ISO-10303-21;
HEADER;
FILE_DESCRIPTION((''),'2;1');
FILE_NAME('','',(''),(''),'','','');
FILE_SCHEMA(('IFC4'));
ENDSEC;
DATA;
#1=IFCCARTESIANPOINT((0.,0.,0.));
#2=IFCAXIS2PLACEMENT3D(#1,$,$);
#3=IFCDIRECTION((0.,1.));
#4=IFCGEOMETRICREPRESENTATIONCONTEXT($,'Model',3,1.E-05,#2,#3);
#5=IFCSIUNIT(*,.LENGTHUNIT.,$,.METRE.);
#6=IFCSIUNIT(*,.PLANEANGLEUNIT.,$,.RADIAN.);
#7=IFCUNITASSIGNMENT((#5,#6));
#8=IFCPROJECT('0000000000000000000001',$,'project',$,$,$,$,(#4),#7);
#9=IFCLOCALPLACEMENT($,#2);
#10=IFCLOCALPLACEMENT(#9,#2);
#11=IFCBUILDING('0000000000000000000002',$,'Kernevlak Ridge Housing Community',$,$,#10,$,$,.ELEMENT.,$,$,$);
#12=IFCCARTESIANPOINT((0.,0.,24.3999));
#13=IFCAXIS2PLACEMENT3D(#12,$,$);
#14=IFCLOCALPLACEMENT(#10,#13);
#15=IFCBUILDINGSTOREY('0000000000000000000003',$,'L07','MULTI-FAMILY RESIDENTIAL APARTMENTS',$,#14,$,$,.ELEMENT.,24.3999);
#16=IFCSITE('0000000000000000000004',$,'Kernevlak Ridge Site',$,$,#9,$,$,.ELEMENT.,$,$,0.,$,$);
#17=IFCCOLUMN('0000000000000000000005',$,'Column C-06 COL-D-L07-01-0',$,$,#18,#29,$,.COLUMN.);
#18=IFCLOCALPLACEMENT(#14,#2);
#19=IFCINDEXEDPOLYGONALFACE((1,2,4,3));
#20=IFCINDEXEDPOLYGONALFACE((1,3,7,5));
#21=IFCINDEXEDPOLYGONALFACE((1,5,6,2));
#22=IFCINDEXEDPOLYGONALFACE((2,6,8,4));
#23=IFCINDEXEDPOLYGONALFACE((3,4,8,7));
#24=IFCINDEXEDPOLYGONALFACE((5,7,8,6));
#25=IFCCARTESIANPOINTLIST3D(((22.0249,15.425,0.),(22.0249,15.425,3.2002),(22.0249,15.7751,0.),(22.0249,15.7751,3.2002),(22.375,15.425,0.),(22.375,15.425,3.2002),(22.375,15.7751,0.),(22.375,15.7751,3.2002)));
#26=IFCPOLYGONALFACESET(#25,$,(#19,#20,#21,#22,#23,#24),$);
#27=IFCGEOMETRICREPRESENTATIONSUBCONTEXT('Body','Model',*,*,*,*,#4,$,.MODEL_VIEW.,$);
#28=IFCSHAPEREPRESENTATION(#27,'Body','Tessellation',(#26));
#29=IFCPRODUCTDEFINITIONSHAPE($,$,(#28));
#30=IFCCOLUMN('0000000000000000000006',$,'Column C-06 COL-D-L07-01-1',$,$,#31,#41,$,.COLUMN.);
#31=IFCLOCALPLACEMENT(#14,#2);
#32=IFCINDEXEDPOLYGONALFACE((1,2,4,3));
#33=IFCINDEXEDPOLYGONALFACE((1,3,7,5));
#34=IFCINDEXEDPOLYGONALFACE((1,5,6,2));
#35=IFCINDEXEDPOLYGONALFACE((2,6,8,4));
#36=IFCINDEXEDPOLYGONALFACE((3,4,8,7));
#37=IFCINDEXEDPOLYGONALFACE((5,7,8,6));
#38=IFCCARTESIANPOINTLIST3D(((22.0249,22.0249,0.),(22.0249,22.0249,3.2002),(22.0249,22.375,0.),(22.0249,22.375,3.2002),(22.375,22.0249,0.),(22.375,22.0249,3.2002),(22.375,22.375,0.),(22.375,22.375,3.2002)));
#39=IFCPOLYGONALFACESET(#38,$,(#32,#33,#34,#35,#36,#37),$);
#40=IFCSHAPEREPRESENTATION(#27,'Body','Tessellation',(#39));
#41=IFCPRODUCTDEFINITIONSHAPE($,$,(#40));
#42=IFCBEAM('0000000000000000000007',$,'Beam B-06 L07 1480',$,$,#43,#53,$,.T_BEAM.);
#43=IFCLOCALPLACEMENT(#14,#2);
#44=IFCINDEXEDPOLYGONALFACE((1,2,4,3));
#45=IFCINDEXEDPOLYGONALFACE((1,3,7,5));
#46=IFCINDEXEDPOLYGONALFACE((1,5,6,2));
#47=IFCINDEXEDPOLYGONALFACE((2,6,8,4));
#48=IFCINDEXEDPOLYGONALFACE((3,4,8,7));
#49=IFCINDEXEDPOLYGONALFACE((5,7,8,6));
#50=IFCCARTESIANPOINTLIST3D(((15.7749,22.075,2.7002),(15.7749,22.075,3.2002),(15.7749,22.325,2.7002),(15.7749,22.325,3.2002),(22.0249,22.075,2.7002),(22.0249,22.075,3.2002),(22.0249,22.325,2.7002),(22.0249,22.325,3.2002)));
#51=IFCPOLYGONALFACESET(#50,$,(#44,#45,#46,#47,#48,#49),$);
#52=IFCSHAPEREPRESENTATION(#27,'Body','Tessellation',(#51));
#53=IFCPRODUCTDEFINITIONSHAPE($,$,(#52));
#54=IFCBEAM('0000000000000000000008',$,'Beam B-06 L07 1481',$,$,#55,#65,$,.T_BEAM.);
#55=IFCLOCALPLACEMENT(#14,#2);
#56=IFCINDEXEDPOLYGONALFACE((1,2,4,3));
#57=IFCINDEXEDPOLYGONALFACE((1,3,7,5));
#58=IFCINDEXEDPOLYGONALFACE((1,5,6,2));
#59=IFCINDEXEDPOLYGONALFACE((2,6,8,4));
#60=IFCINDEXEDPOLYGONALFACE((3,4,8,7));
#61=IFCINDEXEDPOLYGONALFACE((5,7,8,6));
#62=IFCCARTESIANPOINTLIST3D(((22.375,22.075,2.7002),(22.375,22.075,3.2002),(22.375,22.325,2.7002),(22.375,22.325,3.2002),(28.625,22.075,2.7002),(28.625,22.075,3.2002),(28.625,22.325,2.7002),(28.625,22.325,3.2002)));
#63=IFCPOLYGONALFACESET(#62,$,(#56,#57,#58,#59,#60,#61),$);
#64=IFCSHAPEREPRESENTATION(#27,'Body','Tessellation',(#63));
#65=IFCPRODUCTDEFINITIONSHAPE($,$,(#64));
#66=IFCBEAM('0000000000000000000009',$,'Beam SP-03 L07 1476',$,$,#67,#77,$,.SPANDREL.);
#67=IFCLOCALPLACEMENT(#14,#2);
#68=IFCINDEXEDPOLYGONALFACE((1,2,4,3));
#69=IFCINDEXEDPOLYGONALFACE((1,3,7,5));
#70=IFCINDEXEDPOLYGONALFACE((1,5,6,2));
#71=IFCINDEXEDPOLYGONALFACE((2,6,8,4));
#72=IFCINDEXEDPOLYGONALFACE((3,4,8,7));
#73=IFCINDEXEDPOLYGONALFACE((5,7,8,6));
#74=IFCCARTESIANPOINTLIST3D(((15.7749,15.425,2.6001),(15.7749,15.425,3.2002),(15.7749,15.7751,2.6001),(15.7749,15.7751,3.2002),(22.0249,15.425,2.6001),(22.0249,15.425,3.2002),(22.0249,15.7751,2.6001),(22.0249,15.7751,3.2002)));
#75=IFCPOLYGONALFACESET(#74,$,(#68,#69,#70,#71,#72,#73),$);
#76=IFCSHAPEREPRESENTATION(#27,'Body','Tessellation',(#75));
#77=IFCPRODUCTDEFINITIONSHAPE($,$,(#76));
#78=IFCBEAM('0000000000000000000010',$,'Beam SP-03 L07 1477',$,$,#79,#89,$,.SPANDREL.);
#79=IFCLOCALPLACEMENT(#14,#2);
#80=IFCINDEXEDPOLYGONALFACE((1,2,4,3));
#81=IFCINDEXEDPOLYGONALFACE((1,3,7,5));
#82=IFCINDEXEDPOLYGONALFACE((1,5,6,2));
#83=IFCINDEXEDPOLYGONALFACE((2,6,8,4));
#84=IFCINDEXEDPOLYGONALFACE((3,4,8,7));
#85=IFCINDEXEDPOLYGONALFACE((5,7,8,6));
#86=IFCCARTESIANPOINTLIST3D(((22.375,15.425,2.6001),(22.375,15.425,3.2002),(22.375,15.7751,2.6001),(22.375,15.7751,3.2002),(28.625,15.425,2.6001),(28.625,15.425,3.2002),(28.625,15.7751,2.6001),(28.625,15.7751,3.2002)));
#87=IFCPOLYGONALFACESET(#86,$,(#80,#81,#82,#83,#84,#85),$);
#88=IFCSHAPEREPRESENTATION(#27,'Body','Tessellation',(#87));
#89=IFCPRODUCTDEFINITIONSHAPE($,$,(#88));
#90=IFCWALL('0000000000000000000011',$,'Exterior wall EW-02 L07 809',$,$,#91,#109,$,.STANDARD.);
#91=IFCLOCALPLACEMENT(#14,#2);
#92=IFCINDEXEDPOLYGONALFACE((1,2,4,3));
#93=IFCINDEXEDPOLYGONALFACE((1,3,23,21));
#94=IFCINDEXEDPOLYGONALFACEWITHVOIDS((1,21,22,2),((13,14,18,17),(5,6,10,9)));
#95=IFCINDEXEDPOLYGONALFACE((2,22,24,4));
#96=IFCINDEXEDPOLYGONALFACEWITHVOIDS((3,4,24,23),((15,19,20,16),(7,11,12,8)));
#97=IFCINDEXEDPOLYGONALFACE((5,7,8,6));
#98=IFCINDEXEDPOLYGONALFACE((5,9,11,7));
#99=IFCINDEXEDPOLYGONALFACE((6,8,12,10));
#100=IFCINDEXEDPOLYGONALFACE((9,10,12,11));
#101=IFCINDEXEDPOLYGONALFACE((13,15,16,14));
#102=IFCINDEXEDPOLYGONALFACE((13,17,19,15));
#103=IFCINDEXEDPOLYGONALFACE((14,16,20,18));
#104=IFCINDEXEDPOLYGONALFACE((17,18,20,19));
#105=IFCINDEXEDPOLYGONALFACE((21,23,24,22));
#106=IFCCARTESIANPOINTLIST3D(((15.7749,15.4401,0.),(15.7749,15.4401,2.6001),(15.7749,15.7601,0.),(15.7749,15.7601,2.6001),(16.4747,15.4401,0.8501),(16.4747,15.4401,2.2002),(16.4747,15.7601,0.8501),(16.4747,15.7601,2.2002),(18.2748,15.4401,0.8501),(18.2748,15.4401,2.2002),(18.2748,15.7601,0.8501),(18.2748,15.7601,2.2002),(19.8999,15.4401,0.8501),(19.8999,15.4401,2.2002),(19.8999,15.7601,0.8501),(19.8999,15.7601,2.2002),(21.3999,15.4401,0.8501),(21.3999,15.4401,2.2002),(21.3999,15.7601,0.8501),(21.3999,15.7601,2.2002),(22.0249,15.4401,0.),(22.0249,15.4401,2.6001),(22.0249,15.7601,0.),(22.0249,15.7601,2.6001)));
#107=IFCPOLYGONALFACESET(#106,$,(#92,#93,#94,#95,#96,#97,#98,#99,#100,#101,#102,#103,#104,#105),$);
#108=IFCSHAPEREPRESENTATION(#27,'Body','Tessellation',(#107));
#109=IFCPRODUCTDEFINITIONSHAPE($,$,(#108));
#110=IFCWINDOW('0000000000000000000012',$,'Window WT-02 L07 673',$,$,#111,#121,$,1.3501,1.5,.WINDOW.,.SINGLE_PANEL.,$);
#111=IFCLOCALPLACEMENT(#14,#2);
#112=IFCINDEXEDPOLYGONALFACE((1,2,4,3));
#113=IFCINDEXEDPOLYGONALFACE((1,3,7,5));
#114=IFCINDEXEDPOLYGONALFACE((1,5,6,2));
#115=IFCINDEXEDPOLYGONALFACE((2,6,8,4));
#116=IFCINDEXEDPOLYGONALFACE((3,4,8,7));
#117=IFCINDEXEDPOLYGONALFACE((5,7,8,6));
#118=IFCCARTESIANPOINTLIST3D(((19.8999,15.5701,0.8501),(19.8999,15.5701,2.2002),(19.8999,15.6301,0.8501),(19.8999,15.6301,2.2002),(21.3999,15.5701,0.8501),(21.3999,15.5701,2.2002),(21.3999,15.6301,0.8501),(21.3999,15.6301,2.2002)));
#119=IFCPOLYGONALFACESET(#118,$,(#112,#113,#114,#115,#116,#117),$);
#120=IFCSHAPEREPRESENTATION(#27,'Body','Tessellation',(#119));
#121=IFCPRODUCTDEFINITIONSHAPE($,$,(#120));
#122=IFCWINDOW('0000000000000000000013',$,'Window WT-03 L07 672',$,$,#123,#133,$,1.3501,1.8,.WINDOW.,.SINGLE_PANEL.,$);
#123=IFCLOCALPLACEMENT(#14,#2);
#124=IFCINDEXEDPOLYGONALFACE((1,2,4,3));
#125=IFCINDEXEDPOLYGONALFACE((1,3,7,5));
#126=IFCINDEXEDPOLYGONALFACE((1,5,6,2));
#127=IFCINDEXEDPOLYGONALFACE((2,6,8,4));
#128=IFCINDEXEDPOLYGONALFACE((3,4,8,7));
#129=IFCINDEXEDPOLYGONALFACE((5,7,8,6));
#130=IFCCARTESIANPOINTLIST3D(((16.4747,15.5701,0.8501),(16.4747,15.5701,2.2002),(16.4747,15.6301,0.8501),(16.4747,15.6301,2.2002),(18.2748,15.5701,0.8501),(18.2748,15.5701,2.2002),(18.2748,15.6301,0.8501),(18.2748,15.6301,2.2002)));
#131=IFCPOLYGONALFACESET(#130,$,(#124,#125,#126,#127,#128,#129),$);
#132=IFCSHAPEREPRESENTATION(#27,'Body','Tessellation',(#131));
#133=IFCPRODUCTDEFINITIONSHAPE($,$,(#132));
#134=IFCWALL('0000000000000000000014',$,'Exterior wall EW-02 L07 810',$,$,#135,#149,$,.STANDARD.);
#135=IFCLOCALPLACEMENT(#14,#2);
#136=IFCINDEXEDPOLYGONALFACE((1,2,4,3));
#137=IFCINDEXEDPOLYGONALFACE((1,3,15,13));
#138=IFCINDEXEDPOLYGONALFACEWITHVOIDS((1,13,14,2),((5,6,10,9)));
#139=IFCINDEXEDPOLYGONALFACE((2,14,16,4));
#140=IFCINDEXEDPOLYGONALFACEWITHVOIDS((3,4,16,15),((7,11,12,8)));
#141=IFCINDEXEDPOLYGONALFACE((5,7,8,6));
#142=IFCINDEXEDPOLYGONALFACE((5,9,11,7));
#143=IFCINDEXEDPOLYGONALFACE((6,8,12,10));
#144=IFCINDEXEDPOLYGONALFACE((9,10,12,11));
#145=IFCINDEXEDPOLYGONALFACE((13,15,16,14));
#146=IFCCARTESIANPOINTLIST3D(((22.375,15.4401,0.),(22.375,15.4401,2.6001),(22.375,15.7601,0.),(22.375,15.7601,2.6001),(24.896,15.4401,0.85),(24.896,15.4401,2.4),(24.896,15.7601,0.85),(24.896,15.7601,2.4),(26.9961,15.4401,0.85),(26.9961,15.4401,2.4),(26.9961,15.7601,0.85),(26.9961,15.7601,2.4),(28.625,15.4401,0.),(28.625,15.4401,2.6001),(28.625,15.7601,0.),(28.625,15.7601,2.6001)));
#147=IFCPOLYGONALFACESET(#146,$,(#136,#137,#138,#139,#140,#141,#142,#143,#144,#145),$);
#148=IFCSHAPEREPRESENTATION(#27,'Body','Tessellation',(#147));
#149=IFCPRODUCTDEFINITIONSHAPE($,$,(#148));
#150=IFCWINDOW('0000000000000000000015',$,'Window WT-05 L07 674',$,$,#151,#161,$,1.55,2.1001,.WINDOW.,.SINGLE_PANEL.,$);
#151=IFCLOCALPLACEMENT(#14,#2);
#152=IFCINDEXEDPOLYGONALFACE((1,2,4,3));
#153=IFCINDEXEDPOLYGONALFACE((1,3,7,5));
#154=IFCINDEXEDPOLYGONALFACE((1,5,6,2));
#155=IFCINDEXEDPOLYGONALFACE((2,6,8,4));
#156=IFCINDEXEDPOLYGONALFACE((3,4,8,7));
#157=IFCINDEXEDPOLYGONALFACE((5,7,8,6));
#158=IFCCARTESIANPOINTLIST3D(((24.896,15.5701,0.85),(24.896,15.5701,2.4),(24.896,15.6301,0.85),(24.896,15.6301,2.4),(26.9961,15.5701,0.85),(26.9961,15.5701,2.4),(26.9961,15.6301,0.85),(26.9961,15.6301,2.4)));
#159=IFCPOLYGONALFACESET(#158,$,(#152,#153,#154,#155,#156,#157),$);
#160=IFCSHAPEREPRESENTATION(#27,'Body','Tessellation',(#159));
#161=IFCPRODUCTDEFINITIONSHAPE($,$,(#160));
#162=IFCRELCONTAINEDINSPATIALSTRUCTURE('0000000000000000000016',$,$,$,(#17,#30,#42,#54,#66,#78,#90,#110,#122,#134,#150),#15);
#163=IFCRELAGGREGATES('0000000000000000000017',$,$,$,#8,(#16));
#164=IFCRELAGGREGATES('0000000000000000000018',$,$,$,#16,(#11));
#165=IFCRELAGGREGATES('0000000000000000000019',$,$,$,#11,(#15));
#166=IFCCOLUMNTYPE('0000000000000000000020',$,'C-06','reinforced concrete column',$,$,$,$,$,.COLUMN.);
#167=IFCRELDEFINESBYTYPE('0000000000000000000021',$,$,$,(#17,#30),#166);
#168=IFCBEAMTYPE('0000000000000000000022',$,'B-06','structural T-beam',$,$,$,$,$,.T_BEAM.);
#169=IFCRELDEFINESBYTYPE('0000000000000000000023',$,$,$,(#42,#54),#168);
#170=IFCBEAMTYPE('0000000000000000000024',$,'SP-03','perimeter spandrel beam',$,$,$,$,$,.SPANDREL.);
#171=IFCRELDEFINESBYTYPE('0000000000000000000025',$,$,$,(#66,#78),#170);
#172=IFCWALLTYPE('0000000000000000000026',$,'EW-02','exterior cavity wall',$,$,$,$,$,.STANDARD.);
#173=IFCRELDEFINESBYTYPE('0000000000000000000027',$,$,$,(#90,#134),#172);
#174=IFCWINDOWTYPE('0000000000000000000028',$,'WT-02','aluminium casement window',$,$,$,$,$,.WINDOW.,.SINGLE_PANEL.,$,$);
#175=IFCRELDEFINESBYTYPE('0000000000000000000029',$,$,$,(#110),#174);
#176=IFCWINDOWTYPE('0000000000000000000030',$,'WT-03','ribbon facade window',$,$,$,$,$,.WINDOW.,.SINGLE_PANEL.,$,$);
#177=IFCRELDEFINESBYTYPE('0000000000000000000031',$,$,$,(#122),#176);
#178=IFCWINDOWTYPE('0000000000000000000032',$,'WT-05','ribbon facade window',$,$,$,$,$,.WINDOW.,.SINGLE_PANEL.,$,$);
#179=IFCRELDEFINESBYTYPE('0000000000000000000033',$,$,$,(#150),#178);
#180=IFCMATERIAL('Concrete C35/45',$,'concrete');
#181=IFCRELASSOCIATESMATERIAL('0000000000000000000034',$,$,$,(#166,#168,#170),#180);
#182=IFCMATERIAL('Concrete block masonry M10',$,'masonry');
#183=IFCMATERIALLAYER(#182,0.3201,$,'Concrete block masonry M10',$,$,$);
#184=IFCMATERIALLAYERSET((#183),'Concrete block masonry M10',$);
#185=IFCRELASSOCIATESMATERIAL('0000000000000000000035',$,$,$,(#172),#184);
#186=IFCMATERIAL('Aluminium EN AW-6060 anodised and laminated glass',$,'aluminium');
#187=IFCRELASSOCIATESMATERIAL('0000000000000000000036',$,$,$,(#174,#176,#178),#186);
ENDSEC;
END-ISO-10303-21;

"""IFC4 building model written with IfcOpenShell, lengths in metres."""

from ifc_helpers import new_model, si_unit, direction, frame, frame_2d, origin, origin_2d, place, context, subcontext, project, spatial, rectangle, extrude, material, layer, layer_set, material_profile, profile_set, type_object, element, fill, save


model = new_model("IFC4")

# Units and contexts
model_context = context("Model", 3, precision=1e-05, world=origin(), true_north=direction((0.0, 1.0)))
body_context = subcontext(model_context, "Body", "Model", "MODEL_VIEW")
ifc_project = project(units=[si_unit("LENGTHUNIT", "METRE"), si_unit("PLANEANGLEUNIT", "RADIAN")], contexts=[model_context])

# Site, building, storey
site_placement = place(None, origin())
site = spatial("IfcSite", under=ifc_project, at=site_placement, Name="Kernevlak Ridge Site", CompositionType="ELEMENT", RefElevation=0.0)
building_placement = place(site_placement, origin())
building = spatial("IfcBuilding", under=site, at=building_placement, Name="Kernevlak Ridge Housing Community", CompositionType="ELEMENT")
storey_placement = place(building_placement, frame((0.0, 0.0, 24.3999)))
storey = spatial("IfcBuildingStorey", under=building, at=storey_placement, Name="L07", Description="MULTI-FAMILY RESIDENTIAL APARTMENTS", CompositionType="ELEMENT", Elevation=24.3999)

# Columns
ifc_material_1 = material(Name="Concrete C35/45", Category="concrete")
ifc_material_profile_1 = material_profile(ifc_material_1, rectangle(XDim=0.3501, YDim=0.3501, at=origin_2d()), Name="RC 350x350")
ifc_profile_set_1 = profile_set([ifc_material_profile_1], Name="Concrete C35/45")
column_type = type_object("IfcColumnType", Name="C-06", Description="reinforced concrete column", PredefinedType="COLUMN", material=ifc_profile_set_1)
for number, where, z_axis, x_axis, name in (
    (1, (22.2, 15.6001, 0.0), (0.0, 0.0, 1.0), (1.0, 0.0, 0.0), "Column C-06 COL-D-L07-01-0"),
    (2, (22.2, 22.2, 0.0), (0.0, 0.0, 1.0), (1.0, 0.0, 0.0), "Column C-06 COL-D-L07-01-1"),
):
    element("IfcColumn", number, at=place(storey_placement, frame(where, z_axis=z_axis, x_axis=x_axis)), inside=storey, type_object=column_type, Name=name, PredefinedType="COLUMN", context=body_context, shape_type="SweptSolid", body=[
        extrude(rectangle(XDim=0.3501, YDim=0.3501, at=origin_2d()), origin(), (0.0, 0.0, 1.0), 3.2002),
    ])

# Beams
ifc_material_profile_2 = material_profile(ifc_material_1, rectangle(XDim=0.25, YDim=0.5, at=origin_2d()), Name="RC 250x500")
ifc_profile_set_2 = profile_set([ifc_material_profile_2], Name="Concrete C35/45")
beam_type_1 = type_object("IfcBeamType", Name="B-06", Description="structural T-beam", PredefinedType="T_BEAM", material=ifc_profile_set_2)
for number, where, z_axis, x_axis, name in (
    (3, (15.7749, 22.2, 2.9502), (1.0, 0.0, 0.0), (0.0, 1.0, 0.0), "Beam B-06 L07 1480"),
    (4, (22.375, 22.2, 2.9502), (1.0, 0.0, 0.0), (0.0, 1.0, 0.0), "Beam B-06 L07 1481"),
):
    element("IfcBeam", number, at=place(storey_placement, frame(where, z_axis=z_axis, x_axis=x_axis)), inside=storey, type_object=beam_type_1, Name=name, PredefinedType="T_BEAM", context=body_context, shape_type="SweptSolid", body=[
        extrude(rectangle(XDim=0.25, YDim=0.5, at=origin_2d()), origin(), (0.0, 0.0, 1.0), 6.25),
    ])
ifc_material_profile_3 = material_profile(ifc_material_1, rectangle(XDim=0.3501, YDim=0.6001, at=origin_2d()), Name="RC 350x600")
ifc_profile_set_3 = profile_set([ifc_material_profile_3], Name="Concrete C35/45")
beam_type_2 = type_object("IfcBeamType", Name="SP-03", Description="perimeter spandrel beam", PredefinedType="SPANDREL", material=ifc_profile_set_3)
for number, where, z_axis, x_axis, name in (
    (5, (15.7749, 15.6001, 2.9001), (1.0, 0.0, 0.0), (0.0, 1.0, 0.0), "Beam SP-03 L07 1476"),
    (6, (22.375, 15.6001, 2.9001), (1.0, 0.0, 0.0), (0.0, 1.0, 0.0), "Beam SP-03 L07 1477"),
):
    element("IfcBeam", number, at=place(storey_placement, frame(where, z_axis=z_axis, x_axis=x_axis)), inside=storey, type_object=beam_type_2, Name=name, PredefinedType="SPANDREL", context=body_context, shape_type="SweptSolid", body=[
        extrude(rectangle(XDim=0.3501, YDim=0.6001, at=origin_2d()), origin(), (0.0, 0.0, 1.0), 6.25),
    ])

# Wall, openings, windows
ifc_material_2 = material(Name="Concrete block masonry M10", Category="masonry")
ifc_layer_1 = layer(ifc_material_2, 0.3201, Name="Concrete block masonry M10")
ifc_layer_set_1 = layer_set([ifc_layer_1], Name="Concrete block masonry M10")
wall_type_1 = type_object("IfcWallType", Name="EW-02", Description="exterior cavity wall", PredefinedType="STANDARD", material=ifc_layer_set_1)
wall_1_placement = place(storey_placement, frame((15.7749, 15.6001, 0.0), z_axis=(0.0, 0.0, 1.0), x_axis=(1.0, 0.0, 0.0)))
wall_1 = element("IfcWall", 7, at=wall_1_placement, inside=storey, type_object=wall_type_1, Name="Exterior wall EW-02 L07 809", PredefinedType="STANDARD", context=body_context, shape_type="SweptSolid", body=[
    extrude(rectangle(XDim=6.25, YDim=0.3201, at=frame_2d((3.125, 0.0))), origin(), (0.0, 0.0, 1.0), 2.6001),
])
opening_1_placement = place(wall_1_placement, frame((0.7, 0.0, 0.8501)))
opening_1 = element("IfcOpeningElement", 8, at=opening_1_placement, cuts=wall_1, PredefinedType="OPENING", context=body_context, shape_type="SweptSolid", body=[
    extrude(rectangle(XDim=1.8, YDim=1.3501, at=frame_2d((0.8999, 0.675))), frame((0.0, 0.1699, 0.0), z_axis=(0.0, -1.0, 0.0), x_axis=(1.0, 0.0, 0.0)), (0.0, 0.0, 1.0), 0.3401),
])
opening_2_placement = place(wall_1_placement, frame((4.125, 0.0, 0.8501)))
opening_2 = element("IfcOpeningElement", 9, at=opening_2_placement, cuts=wall_1, PredefinedType="OPENING", context=body_context, shape_type="SweptSolid", body=[
    extrude(rectangle(XDim=1.5, YDim=1.3501, at=frame_2d((0.75, 0.675))), frame((0.0, 0.1699, 0.0), z_axis=(0.0, -1.0, 0.0), x_axis=(1.0, 0.0, 0.0)), (0.0, 0.0, 1.0), 0.3401),
])
ifc_material_3 = material(Name="Aluminium EN AW-6060 anodised and laminated glass", Category="aluminium")
window_type_1 = type_object("IfcWindowType", Name="WT-02", Description="aluminium casement window", PartitioningType="SINGLE_PANEL", PredefinedType="WINDOW", material=ifc_material_3)
window_1_placement = place(opening_2_placement, origin())
window_1 = element("IfcWindow", 10, at=window_1_placement, inside=storey, type_object=window_type_1, Name="Window WT-02 L07 673", OverallHeight=1.3501, OverallWidth=1.5, PartitioningType="SINGLE_PANEL", PredefinedType="WINDOW", context=body_context, shape_type="SweptSolid", body=[
    extrude(rectangle(XDim=1.5, YDim=1.3501, at=frame_2d((0.75, 0.675))), frame((0.0, 0.03, 0.0), z_axis=(0.0, -1.0, 0.0), x_axis=(1.0, 0.0, 0.0)), (0.0, 0.0, 1.0), 0.0601),
])
fill(opening_2, window_1)
window_type_2 = type_object("IfcWindowType", Name="WT-03", Description="ribbon facade window", PartitioningType="SINGLE_PANEL", PredefinedType="WINDOW", material=ifc_material_3)
window_2_placement = place(opening_1_placement, origin())
window_2 = element("IfcWindow", 11, at=window_2_placement, inside=storey, type_object=window_type_2, Name="Window WT-03 L07 672", OverallHeight=1.3501, OverallWidth=1.8, PartitioningType="SINGLE_PANEL", PredefinedType="WINDOW", context=body_context, shape_type="SweptSolid", body=[
    extrude(rectangle(XDim=1.8, YDim=1.3501, at=frame_2d((0.8999, 0.675))), frame((0.0, 0.03, 0.0), z_axis=(0.0, -1.0, 0.0), x_axis=(1.0, 0.0, 0.0)), (0.0, 0.0, 1.0), 0.0601),
])
fill(opening_1, window_2)

# Wall, opening, window
wall_2_placement = place(storey_placement, frame((22.375, 15.6001, 0.0), z_axis=(0.0, 0.0, 1.0), x_axis=(1.0, 0.0, 0.0)))
wall_2 = element("IfcWall", 12, at=wall_2_placement, inside=storey, type_object=wall_type_1, Name="Exterior wall EW-02 L07 810", PredefinedType="STANDARD", context=body_context, shape_type="SweptSolid", body=[
    extrude(rectangle(XDim=6.25, YDim=0.3201, at=frame_2d((3.125, 0.0))), origin(), (0.0, 0.0, 1.0), 2.6001),
])
opening_3_placement = place(wall_2_placement, frame((2.521, 0.0, 0.8501)))
opening_3 = element("IfcOpeningElement", 13, at=opening_3_placement, cuts=wall_2, PredefinedType="OPENING", context=body_context, shape_type="SweptSolid", body=[
    extrude(rectangle(XDim=2.1001, YDim=1.55, at=frame_2d((1.05, 0.7749))), frame((0.0, 0.1699, 0.0), z_axis=(0.0, -1.0, 0.0), x_axis=(1.0, 0.0, 0.0)), (0.0, 0.0, 1.0), 0.3401),
])
window_type_3 = type_object("IfcWindowType", Name="WT-05", Description="ribbon facade window", PartitioningType="SINGLE_PANEL", PredefinedType="WINDOW", material=ifc_material_3)
window_3_placement = place(opening_3_placement, origin())
window_3 = element("IfcWindow", 14, at=window_3_placement, inside=storey, type_object=window_type_3, Name="Window WT-05 L07 674", OverallHeight=1.55, OverallWidth=2.1001, PartitioningType="SINGLE_PANEL", PredefinedType="WINDOW", context=body_context, shape_type="SweptSolid", body=[
    extrude(rectangle(XDim=2.1001, YDim=1.55, at=frame_2d((1.05, 0.7749))), frame((0.0, 0.03, 0.0), z_axis=(0.0, -1.0, 0.0), x_axis=(1.0, 0.0, 0.0)), (0.0, 0.0, 1.0), 0.0601),
])
fill(opening_3, window_3)

save(model, "model.ifc")
